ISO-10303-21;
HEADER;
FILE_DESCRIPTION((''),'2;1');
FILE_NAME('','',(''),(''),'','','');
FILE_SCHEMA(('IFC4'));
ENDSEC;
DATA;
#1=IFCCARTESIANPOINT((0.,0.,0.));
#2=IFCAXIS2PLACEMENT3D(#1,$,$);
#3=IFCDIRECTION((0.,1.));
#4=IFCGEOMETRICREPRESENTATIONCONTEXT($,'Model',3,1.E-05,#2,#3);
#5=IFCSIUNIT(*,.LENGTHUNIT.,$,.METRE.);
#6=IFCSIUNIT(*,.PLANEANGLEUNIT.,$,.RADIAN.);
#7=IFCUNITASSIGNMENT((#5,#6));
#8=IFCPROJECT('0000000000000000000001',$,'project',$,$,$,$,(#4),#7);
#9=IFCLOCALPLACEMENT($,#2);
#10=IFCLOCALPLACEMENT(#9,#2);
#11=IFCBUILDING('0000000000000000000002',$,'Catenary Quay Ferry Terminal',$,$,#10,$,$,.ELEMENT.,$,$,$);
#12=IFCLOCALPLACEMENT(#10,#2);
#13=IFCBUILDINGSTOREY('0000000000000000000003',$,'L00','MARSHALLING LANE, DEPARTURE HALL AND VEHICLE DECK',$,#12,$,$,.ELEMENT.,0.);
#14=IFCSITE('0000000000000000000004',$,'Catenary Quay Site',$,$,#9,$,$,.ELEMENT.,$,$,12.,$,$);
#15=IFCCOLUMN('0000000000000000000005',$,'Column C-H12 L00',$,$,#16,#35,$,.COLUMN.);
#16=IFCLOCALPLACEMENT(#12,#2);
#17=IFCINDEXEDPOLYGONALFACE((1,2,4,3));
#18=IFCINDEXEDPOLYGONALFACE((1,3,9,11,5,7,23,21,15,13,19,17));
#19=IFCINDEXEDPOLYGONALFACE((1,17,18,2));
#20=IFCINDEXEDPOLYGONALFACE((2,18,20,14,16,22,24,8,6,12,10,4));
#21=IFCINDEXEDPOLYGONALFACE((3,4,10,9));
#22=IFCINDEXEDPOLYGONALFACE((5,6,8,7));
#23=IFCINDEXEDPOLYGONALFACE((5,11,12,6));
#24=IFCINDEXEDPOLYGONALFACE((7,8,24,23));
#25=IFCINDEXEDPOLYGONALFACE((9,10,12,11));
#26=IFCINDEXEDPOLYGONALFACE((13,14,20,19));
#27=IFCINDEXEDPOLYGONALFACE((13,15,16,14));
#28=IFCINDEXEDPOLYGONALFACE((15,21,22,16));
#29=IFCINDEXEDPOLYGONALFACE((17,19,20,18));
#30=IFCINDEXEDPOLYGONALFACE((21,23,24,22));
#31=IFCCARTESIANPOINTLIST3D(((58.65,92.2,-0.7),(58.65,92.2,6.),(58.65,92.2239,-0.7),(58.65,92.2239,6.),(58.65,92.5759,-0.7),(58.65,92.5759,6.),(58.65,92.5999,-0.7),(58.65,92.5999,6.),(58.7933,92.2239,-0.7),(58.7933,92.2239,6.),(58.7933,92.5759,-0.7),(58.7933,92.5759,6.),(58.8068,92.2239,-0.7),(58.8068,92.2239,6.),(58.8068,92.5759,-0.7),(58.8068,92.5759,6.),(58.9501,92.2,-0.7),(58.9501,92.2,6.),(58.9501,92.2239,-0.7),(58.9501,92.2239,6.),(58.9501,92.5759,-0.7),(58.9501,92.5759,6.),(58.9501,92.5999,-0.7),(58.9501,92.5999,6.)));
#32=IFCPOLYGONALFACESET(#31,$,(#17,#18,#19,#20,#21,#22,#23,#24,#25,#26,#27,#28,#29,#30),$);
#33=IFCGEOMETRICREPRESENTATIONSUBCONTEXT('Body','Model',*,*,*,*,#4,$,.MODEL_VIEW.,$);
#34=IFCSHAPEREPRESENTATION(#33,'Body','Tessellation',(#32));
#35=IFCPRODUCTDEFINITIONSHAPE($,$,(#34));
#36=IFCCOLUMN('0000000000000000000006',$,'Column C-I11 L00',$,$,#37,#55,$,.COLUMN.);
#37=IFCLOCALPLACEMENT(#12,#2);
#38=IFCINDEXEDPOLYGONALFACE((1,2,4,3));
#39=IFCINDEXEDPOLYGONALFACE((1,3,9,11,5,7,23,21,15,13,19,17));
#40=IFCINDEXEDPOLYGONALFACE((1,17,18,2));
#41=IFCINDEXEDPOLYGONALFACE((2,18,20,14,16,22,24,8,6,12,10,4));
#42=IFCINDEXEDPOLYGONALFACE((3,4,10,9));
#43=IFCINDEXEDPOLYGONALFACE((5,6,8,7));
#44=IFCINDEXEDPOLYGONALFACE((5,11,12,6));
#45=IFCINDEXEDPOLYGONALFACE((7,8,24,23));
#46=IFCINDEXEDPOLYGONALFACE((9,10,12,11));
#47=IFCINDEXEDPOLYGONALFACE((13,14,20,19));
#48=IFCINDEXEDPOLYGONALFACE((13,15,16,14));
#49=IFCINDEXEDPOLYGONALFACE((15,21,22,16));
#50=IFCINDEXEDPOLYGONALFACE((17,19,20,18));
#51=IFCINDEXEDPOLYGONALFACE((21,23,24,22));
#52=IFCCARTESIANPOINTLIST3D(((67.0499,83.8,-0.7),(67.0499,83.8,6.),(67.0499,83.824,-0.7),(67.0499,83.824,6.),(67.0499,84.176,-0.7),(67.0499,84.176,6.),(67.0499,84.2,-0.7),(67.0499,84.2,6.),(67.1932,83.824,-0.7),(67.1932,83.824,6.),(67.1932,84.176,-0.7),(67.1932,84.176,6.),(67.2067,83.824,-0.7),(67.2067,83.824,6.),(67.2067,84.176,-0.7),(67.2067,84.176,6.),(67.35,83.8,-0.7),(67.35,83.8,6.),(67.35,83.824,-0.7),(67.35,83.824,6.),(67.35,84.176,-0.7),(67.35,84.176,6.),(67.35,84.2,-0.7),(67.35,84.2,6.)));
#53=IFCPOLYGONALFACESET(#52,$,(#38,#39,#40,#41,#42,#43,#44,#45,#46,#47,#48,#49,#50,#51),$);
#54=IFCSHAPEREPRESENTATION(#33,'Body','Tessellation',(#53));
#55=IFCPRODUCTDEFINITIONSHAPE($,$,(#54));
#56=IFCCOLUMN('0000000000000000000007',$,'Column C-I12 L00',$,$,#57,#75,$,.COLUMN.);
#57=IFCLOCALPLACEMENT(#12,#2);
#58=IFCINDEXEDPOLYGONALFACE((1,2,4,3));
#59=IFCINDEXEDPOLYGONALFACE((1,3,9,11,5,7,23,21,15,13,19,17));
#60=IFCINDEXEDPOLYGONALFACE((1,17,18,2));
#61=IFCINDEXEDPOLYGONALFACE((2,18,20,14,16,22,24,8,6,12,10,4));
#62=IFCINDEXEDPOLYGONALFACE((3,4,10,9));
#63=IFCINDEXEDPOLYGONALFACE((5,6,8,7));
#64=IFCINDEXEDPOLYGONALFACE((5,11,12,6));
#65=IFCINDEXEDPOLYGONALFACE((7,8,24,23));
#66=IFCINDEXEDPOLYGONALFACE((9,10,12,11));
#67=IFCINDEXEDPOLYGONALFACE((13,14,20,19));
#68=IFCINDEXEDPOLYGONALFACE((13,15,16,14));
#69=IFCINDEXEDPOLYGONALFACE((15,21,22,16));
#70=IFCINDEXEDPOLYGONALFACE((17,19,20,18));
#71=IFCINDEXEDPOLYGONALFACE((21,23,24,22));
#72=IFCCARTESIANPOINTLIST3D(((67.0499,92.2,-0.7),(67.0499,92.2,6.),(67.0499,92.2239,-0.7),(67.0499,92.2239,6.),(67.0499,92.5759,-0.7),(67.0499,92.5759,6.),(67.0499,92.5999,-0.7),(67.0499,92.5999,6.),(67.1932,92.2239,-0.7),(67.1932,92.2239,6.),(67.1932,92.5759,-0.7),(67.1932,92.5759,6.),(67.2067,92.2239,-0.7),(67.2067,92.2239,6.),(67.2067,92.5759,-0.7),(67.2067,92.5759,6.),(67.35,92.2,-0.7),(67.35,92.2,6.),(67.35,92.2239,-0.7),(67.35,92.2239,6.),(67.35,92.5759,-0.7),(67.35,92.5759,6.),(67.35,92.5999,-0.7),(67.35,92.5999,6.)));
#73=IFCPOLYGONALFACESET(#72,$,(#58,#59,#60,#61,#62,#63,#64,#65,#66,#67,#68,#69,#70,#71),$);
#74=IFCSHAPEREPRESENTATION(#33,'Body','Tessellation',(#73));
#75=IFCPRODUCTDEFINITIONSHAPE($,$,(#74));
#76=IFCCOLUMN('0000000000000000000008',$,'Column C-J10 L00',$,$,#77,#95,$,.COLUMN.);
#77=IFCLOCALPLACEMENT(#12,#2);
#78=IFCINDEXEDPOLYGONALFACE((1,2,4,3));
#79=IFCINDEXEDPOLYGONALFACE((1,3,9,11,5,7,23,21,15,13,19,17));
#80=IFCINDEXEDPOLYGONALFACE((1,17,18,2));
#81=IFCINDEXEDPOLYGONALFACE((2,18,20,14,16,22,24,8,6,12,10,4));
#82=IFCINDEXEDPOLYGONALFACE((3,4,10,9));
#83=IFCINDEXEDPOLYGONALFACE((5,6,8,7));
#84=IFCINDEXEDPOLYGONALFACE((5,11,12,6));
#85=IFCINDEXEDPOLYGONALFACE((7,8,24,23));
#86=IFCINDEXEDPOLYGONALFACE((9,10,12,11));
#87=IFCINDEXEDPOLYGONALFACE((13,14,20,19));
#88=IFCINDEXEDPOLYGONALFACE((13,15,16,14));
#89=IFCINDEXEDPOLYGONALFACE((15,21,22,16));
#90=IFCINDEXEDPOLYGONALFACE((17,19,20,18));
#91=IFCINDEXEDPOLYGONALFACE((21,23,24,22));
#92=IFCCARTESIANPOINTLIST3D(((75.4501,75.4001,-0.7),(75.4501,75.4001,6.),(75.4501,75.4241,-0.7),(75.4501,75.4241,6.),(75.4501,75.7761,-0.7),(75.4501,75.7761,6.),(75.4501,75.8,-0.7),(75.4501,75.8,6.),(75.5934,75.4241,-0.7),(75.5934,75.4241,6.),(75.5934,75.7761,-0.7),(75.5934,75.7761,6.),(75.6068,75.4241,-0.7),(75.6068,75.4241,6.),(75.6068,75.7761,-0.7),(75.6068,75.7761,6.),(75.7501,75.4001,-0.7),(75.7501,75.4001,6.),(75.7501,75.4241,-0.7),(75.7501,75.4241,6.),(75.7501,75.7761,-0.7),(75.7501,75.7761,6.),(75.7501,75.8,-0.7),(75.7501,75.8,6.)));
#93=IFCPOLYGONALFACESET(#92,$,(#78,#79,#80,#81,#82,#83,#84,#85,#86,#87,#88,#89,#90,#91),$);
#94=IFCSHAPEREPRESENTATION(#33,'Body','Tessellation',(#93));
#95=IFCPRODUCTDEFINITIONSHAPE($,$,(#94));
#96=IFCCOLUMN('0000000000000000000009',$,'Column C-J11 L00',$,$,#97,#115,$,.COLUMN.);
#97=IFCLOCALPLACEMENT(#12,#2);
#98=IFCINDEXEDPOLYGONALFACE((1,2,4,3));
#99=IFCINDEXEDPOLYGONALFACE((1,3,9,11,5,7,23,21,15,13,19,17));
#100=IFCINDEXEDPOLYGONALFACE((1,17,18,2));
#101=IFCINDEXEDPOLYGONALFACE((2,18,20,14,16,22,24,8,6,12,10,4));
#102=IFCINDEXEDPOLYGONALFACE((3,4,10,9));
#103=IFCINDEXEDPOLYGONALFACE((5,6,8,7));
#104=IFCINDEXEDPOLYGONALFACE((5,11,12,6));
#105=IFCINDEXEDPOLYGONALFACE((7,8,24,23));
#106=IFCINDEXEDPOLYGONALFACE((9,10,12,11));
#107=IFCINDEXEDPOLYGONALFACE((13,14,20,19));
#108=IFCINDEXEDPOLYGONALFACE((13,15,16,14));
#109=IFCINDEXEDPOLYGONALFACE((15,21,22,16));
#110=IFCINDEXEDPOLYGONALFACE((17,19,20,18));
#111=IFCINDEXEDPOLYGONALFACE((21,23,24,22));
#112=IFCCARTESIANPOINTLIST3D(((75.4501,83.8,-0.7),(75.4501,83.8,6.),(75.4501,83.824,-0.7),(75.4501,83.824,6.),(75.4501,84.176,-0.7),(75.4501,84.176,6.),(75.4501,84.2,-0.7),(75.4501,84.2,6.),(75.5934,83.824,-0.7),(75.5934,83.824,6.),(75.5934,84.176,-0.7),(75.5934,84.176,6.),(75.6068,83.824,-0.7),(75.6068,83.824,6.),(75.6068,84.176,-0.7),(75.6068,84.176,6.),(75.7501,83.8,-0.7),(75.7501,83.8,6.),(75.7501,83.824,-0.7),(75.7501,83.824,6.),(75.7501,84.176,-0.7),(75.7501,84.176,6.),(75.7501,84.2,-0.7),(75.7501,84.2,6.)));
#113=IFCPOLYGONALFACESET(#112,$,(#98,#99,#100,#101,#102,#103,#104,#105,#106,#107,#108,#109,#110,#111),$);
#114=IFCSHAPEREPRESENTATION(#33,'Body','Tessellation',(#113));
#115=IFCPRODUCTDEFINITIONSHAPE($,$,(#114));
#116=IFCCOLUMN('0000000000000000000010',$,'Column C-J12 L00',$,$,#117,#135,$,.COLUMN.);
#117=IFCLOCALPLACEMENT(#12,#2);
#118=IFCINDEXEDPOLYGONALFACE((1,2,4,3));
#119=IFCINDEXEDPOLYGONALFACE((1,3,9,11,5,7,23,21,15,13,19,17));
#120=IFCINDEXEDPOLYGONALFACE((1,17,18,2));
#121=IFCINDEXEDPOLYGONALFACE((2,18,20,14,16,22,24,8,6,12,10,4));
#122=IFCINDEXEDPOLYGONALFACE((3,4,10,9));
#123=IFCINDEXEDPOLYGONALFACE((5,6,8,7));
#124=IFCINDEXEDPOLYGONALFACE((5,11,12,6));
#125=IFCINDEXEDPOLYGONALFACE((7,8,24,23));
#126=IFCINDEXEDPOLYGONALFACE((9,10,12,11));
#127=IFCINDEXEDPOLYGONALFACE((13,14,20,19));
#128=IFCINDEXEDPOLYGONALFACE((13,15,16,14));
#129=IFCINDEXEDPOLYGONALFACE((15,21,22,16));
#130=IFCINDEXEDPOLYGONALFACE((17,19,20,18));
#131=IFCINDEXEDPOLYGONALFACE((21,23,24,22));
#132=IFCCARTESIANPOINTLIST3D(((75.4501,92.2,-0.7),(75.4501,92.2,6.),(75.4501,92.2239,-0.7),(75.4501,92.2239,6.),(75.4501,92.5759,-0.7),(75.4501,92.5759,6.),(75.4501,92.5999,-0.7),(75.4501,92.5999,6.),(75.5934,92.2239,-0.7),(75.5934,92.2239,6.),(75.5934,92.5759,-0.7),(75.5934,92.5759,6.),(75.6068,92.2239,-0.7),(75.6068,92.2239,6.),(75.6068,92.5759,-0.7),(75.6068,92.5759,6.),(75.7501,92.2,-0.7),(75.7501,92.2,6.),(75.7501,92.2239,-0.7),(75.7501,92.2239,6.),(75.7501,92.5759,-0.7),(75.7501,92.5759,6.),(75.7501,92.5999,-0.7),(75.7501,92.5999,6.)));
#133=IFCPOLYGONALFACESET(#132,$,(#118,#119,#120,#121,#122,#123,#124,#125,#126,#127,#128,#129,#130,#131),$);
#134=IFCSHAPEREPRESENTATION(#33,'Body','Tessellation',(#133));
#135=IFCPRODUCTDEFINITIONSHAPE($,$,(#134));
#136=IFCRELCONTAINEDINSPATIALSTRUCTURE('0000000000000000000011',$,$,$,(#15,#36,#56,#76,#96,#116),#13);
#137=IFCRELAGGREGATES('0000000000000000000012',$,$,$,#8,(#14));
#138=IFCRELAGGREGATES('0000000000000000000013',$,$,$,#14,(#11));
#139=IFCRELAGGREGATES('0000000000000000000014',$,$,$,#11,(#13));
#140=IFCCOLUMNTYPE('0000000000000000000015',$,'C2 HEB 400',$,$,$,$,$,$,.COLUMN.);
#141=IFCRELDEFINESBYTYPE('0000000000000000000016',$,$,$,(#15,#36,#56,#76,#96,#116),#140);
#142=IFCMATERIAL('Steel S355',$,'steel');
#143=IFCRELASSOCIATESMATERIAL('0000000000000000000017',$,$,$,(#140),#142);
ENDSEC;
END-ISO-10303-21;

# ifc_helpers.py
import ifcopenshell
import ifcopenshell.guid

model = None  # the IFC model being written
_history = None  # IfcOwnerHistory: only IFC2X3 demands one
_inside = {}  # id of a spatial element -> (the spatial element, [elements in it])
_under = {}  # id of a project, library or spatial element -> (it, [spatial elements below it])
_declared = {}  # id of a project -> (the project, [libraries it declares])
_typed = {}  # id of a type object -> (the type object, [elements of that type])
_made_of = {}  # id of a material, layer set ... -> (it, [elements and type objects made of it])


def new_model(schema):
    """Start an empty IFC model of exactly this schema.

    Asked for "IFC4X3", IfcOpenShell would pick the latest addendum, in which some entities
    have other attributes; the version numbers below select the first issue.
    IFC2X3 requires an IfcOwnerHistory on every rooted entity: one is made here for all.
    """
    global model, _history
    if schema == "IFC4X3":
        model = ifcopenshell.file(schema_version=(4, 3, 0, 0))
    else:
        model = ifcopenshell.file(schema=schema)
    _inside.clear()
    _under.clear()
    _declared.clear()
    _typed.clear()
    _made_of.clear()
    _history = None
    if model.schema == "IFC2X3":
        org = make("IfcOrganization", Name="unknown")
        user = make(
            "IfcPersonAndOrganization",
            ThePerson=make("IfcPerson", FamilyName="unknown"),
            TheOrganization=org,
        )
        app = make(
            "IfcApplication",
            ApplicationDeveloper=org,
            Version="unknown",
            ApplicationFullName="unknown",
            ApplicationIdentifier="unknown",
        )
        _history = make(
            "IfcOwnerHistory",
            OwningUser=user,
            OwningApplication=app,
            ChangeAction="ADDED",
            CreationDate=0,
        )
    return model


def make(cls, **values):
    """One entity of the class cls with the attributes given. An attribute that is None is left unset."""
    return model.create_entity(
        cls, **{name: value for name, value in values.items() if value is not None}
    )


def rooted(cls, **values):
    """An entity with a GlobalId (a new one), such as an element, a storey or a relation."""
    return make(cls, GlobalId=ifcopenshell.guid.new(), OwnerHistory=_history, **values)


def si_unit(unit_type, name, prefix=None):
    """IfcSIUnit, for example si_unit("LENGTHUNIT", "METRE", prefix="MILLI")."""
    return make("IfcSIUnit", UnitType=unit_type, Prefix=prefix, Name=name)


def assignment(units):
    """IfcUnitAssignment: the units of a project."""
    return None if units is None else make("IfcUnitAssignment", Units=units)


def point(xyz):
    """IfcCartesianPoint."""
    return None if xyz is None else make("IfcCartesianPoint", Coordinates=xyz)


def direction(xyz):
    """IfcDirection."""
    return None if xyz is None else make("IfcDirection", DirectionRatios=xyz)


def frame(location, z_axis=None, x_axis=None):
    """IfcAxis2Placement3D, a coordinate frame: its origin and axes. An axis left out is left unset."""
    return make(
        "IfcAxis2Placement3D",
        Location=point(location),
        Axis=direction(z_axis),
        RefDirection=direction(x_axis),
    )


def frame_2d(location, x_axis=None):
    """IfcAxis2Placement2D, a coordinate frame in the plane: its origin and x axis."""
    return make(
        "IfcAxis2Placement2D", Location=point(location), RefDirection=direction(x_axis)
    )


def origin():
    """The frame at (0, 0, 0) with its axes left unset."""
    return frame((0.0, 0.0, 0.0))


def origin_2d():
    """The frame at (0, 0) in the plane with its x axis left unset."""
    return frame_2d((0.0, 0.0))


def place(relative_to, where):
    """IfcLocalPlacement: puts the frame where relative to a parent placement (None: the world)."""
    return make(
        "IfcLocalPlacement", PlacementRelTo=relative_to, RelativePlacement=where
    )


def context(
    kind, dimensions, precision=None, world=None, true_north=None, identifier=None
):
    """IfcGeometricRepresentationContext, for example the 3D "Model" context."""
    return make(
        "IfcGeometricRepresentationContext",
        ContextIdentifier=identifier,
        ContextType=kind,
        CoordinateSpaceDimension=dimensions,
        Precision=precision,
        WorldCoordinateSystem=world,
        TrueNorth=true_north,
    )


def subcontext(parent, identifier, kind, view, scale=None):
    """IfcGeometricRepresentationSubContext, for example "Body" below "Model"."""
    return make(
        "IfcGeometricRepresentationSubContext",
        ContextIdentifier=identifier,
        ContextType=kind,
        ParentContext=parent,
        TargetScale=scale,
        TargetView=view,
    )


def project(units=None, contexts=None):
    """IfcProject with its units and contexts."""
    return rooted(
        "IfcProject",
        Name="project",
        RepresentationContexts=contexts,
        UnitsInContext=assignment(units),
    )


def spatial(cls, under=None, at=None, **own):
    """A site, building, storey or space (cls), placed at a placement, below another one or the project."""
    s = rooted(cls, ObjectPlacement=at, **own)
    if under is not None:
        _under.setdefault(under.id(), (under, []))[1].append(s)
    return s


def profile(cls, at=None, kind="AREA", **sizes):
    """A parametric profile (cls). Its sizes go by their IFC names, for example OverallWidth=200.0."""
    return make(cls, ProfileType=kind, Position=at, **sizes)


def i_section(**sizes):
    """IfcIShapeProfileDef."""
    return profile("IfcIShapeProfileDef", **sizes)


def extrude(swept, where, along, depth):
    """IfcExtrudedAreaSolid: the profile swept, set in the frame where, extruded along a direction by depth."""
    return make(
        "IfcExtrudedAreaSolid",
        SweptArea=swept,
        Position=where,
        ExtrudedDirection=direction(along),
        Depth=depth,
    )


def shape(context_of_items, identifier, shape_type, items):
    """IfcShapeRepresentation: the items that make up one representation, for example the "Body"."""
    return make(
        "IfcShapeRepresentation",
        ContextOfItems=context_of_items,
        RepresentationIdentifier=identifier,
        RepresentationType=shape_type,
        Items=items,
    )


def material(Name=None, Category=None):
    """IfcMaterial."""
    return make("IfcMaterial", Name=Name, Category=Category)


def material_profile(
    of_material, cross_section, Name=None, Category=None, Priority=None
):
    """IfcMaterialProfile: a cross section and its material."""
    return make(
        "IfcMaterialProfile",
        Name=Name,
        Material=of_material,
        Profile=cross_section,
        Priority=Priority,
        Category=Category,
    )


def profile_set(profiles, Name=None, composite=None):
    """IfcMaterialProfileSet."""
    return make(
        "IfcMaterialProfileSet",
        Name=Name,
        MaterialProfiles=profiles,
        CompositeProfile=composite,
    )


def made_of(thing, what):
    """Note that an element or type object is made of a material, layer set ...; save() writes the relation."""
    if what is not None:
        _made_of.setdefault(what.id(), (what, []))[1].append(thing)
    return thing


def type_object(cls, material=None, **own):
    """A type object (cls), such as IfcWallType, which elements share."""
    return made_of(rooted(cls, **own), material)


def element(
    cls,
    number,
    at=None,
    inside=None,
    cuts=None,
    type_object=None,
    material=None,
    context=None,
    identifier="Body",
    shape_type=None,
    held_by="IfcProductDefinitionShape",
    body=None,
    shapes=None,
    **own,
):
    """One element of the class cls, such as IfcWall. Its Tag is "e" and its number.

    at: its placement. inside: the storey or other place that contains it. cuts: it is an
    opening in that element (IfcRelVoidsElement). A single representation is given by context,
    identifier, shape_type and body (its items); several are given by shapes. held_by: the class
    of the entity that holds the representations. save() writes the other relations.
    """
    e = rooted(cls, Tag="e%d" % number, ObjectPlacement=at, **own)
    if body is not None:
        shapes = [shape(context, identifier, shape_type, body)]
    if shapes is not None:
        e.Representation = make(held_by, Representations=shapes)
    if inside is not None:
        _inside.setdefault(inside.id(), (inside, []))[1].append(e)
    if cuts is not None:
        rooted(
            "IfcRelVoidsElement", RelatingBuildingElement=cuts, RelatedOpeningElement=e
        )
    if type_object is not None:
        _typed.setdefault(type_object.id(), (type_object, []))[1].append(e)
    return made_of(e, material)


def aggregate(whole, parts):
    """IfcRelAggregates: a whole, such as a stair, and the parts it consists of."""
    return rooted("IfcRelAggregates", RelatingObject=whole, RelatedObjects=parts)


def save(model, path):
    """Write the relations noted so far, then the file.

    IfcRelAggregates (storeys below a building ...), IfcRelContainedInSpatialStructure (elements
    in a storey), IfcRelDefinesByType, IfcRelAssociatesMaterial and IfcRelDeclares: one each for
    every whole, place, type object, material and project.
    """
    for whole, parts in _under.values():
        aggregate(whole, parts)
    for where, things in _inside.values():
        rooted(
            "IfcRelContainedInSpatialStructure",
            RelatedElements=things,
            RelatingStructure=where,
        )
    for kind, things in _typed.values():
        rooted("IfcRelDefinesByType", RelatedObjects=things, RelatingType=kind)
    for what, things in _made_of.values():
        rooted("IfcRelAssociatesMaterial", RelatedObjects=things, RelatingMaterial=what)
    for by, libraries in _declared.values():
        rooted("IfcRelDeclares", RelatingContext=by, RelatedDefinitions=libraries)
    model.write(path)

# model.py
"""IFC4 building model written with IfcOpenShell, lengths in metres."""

from ifc_helpers import new_model, si_unit, direction, frame, origin, origin_2d, place, context, subcontext, project, spatial, i_section, extrude, material, material_profile, profile_set, type_object, element, save


model = new_model("IFC4")

# Units and contexts
model_context = context("Model", 3, precision=1e-05, world=origin(), true_north=direction((0.0, 1.0)))
body_context = subcontext(model_context, "Body", "Model", "MODEL_VIEW")
ifc_project = project(units=[si_unit("LENGTHUNIT", "METRE"), si_unit("PLANEANGLEUNIT", "RADIAN")], contexts=[model_context])

# Site, building, storey
site_placement = place(None, origin())
site = spatial("IfcSite", under=ifc_project, at=site_placement, Name="Catenary Quay Site", CompositionType="ELEMENT", RefElevation=12.0)
building_placement = place(site_placement, origin())
building = spatial("IfcBuilding", under=site, at=building_placement, Name="Catenary Quay Ferry Terminal", CompositionType="ELEMENT")
storey_placement = place(building_placement, origin())
storey = spatial("IfcBuildingStorey", under=building, at=storey_placement, Name="L00", Description="MARSHALLING LANE, DEPARTURE HALL AND VEHICLE DECK", CompositionType="ELEMENT", Elevation=0.0)

# Columns
ifc_material_1 = material(Name="Steel S355", Category="steel")
ifc_material_profile_1 = material_profile(ifc_material_1, i_section(OverallWidth=0.3, OverallDepth=0.3999, WebThickness=0.0134, FlangeThickness=0.0239, at=origin_2d()), Name="HEB 400")
ifc_profile_set_1 = profile_set([ifc_material_profile_1], Name="Steel S355")
column_type = type_object("IfcColumnType", Name="C2 HEB 400", PredefinedType="COLUMN", material=ifc_profile_set_1)
for number, where, z_axis, x_axis, name in (
    (1, (58.8, 92.3999, -0.7), (0.0, 0.0, 1.0), (1.0, 0.0, 0.0), "Column C-H12 L00"),
    (2, (67.2, 84.0, -0.7), (0.0, 0.0, 1.0), (1.0, 0.0, 0.0), "Column C-I11 L00"),
    (3, (67.2, 92.3999, -0.7), (0.0, 0.0, 1.0), (1.0, 0.0, 0.0), "Column C-I12 L00"),
    (4, (75.6001, 75.6001, -0.7), (0.0, 0.0, 1.0), (1.0, 0.0, 0.0), "Column C-J10 L00"),
    (5, (75.6001, 84.0, -0.7), (0.0, 0.0, 1.0), (1.0, 0.0, 0.0), "Column C-J11 L00"),
    (6, (75.6001, 92.3999, -0.7), (0.0, 0.0, 1.0), (1.0, 0.0, 0.0), "Column C-J12 L00"),
):
    element("IfcColumn", number, at=place(storey_placement, frame(where, z_axis=z_axis, x_axis=x_axis)), inside=storey, type_object=column_type, Name=name, PredefinedType="COLUMN", context=body_context, shape_type="SweptSolid", body=[
        extrude(i_section(OverallWidth=0.3, OverallDepth=0.3999, WebThickness=0.0134, FlangeThickness=0.0239, at=origin_2d()), origin(), (0.0, 0.0, 1.0), 6.7),
    ])

save(model, "model.ifc")
